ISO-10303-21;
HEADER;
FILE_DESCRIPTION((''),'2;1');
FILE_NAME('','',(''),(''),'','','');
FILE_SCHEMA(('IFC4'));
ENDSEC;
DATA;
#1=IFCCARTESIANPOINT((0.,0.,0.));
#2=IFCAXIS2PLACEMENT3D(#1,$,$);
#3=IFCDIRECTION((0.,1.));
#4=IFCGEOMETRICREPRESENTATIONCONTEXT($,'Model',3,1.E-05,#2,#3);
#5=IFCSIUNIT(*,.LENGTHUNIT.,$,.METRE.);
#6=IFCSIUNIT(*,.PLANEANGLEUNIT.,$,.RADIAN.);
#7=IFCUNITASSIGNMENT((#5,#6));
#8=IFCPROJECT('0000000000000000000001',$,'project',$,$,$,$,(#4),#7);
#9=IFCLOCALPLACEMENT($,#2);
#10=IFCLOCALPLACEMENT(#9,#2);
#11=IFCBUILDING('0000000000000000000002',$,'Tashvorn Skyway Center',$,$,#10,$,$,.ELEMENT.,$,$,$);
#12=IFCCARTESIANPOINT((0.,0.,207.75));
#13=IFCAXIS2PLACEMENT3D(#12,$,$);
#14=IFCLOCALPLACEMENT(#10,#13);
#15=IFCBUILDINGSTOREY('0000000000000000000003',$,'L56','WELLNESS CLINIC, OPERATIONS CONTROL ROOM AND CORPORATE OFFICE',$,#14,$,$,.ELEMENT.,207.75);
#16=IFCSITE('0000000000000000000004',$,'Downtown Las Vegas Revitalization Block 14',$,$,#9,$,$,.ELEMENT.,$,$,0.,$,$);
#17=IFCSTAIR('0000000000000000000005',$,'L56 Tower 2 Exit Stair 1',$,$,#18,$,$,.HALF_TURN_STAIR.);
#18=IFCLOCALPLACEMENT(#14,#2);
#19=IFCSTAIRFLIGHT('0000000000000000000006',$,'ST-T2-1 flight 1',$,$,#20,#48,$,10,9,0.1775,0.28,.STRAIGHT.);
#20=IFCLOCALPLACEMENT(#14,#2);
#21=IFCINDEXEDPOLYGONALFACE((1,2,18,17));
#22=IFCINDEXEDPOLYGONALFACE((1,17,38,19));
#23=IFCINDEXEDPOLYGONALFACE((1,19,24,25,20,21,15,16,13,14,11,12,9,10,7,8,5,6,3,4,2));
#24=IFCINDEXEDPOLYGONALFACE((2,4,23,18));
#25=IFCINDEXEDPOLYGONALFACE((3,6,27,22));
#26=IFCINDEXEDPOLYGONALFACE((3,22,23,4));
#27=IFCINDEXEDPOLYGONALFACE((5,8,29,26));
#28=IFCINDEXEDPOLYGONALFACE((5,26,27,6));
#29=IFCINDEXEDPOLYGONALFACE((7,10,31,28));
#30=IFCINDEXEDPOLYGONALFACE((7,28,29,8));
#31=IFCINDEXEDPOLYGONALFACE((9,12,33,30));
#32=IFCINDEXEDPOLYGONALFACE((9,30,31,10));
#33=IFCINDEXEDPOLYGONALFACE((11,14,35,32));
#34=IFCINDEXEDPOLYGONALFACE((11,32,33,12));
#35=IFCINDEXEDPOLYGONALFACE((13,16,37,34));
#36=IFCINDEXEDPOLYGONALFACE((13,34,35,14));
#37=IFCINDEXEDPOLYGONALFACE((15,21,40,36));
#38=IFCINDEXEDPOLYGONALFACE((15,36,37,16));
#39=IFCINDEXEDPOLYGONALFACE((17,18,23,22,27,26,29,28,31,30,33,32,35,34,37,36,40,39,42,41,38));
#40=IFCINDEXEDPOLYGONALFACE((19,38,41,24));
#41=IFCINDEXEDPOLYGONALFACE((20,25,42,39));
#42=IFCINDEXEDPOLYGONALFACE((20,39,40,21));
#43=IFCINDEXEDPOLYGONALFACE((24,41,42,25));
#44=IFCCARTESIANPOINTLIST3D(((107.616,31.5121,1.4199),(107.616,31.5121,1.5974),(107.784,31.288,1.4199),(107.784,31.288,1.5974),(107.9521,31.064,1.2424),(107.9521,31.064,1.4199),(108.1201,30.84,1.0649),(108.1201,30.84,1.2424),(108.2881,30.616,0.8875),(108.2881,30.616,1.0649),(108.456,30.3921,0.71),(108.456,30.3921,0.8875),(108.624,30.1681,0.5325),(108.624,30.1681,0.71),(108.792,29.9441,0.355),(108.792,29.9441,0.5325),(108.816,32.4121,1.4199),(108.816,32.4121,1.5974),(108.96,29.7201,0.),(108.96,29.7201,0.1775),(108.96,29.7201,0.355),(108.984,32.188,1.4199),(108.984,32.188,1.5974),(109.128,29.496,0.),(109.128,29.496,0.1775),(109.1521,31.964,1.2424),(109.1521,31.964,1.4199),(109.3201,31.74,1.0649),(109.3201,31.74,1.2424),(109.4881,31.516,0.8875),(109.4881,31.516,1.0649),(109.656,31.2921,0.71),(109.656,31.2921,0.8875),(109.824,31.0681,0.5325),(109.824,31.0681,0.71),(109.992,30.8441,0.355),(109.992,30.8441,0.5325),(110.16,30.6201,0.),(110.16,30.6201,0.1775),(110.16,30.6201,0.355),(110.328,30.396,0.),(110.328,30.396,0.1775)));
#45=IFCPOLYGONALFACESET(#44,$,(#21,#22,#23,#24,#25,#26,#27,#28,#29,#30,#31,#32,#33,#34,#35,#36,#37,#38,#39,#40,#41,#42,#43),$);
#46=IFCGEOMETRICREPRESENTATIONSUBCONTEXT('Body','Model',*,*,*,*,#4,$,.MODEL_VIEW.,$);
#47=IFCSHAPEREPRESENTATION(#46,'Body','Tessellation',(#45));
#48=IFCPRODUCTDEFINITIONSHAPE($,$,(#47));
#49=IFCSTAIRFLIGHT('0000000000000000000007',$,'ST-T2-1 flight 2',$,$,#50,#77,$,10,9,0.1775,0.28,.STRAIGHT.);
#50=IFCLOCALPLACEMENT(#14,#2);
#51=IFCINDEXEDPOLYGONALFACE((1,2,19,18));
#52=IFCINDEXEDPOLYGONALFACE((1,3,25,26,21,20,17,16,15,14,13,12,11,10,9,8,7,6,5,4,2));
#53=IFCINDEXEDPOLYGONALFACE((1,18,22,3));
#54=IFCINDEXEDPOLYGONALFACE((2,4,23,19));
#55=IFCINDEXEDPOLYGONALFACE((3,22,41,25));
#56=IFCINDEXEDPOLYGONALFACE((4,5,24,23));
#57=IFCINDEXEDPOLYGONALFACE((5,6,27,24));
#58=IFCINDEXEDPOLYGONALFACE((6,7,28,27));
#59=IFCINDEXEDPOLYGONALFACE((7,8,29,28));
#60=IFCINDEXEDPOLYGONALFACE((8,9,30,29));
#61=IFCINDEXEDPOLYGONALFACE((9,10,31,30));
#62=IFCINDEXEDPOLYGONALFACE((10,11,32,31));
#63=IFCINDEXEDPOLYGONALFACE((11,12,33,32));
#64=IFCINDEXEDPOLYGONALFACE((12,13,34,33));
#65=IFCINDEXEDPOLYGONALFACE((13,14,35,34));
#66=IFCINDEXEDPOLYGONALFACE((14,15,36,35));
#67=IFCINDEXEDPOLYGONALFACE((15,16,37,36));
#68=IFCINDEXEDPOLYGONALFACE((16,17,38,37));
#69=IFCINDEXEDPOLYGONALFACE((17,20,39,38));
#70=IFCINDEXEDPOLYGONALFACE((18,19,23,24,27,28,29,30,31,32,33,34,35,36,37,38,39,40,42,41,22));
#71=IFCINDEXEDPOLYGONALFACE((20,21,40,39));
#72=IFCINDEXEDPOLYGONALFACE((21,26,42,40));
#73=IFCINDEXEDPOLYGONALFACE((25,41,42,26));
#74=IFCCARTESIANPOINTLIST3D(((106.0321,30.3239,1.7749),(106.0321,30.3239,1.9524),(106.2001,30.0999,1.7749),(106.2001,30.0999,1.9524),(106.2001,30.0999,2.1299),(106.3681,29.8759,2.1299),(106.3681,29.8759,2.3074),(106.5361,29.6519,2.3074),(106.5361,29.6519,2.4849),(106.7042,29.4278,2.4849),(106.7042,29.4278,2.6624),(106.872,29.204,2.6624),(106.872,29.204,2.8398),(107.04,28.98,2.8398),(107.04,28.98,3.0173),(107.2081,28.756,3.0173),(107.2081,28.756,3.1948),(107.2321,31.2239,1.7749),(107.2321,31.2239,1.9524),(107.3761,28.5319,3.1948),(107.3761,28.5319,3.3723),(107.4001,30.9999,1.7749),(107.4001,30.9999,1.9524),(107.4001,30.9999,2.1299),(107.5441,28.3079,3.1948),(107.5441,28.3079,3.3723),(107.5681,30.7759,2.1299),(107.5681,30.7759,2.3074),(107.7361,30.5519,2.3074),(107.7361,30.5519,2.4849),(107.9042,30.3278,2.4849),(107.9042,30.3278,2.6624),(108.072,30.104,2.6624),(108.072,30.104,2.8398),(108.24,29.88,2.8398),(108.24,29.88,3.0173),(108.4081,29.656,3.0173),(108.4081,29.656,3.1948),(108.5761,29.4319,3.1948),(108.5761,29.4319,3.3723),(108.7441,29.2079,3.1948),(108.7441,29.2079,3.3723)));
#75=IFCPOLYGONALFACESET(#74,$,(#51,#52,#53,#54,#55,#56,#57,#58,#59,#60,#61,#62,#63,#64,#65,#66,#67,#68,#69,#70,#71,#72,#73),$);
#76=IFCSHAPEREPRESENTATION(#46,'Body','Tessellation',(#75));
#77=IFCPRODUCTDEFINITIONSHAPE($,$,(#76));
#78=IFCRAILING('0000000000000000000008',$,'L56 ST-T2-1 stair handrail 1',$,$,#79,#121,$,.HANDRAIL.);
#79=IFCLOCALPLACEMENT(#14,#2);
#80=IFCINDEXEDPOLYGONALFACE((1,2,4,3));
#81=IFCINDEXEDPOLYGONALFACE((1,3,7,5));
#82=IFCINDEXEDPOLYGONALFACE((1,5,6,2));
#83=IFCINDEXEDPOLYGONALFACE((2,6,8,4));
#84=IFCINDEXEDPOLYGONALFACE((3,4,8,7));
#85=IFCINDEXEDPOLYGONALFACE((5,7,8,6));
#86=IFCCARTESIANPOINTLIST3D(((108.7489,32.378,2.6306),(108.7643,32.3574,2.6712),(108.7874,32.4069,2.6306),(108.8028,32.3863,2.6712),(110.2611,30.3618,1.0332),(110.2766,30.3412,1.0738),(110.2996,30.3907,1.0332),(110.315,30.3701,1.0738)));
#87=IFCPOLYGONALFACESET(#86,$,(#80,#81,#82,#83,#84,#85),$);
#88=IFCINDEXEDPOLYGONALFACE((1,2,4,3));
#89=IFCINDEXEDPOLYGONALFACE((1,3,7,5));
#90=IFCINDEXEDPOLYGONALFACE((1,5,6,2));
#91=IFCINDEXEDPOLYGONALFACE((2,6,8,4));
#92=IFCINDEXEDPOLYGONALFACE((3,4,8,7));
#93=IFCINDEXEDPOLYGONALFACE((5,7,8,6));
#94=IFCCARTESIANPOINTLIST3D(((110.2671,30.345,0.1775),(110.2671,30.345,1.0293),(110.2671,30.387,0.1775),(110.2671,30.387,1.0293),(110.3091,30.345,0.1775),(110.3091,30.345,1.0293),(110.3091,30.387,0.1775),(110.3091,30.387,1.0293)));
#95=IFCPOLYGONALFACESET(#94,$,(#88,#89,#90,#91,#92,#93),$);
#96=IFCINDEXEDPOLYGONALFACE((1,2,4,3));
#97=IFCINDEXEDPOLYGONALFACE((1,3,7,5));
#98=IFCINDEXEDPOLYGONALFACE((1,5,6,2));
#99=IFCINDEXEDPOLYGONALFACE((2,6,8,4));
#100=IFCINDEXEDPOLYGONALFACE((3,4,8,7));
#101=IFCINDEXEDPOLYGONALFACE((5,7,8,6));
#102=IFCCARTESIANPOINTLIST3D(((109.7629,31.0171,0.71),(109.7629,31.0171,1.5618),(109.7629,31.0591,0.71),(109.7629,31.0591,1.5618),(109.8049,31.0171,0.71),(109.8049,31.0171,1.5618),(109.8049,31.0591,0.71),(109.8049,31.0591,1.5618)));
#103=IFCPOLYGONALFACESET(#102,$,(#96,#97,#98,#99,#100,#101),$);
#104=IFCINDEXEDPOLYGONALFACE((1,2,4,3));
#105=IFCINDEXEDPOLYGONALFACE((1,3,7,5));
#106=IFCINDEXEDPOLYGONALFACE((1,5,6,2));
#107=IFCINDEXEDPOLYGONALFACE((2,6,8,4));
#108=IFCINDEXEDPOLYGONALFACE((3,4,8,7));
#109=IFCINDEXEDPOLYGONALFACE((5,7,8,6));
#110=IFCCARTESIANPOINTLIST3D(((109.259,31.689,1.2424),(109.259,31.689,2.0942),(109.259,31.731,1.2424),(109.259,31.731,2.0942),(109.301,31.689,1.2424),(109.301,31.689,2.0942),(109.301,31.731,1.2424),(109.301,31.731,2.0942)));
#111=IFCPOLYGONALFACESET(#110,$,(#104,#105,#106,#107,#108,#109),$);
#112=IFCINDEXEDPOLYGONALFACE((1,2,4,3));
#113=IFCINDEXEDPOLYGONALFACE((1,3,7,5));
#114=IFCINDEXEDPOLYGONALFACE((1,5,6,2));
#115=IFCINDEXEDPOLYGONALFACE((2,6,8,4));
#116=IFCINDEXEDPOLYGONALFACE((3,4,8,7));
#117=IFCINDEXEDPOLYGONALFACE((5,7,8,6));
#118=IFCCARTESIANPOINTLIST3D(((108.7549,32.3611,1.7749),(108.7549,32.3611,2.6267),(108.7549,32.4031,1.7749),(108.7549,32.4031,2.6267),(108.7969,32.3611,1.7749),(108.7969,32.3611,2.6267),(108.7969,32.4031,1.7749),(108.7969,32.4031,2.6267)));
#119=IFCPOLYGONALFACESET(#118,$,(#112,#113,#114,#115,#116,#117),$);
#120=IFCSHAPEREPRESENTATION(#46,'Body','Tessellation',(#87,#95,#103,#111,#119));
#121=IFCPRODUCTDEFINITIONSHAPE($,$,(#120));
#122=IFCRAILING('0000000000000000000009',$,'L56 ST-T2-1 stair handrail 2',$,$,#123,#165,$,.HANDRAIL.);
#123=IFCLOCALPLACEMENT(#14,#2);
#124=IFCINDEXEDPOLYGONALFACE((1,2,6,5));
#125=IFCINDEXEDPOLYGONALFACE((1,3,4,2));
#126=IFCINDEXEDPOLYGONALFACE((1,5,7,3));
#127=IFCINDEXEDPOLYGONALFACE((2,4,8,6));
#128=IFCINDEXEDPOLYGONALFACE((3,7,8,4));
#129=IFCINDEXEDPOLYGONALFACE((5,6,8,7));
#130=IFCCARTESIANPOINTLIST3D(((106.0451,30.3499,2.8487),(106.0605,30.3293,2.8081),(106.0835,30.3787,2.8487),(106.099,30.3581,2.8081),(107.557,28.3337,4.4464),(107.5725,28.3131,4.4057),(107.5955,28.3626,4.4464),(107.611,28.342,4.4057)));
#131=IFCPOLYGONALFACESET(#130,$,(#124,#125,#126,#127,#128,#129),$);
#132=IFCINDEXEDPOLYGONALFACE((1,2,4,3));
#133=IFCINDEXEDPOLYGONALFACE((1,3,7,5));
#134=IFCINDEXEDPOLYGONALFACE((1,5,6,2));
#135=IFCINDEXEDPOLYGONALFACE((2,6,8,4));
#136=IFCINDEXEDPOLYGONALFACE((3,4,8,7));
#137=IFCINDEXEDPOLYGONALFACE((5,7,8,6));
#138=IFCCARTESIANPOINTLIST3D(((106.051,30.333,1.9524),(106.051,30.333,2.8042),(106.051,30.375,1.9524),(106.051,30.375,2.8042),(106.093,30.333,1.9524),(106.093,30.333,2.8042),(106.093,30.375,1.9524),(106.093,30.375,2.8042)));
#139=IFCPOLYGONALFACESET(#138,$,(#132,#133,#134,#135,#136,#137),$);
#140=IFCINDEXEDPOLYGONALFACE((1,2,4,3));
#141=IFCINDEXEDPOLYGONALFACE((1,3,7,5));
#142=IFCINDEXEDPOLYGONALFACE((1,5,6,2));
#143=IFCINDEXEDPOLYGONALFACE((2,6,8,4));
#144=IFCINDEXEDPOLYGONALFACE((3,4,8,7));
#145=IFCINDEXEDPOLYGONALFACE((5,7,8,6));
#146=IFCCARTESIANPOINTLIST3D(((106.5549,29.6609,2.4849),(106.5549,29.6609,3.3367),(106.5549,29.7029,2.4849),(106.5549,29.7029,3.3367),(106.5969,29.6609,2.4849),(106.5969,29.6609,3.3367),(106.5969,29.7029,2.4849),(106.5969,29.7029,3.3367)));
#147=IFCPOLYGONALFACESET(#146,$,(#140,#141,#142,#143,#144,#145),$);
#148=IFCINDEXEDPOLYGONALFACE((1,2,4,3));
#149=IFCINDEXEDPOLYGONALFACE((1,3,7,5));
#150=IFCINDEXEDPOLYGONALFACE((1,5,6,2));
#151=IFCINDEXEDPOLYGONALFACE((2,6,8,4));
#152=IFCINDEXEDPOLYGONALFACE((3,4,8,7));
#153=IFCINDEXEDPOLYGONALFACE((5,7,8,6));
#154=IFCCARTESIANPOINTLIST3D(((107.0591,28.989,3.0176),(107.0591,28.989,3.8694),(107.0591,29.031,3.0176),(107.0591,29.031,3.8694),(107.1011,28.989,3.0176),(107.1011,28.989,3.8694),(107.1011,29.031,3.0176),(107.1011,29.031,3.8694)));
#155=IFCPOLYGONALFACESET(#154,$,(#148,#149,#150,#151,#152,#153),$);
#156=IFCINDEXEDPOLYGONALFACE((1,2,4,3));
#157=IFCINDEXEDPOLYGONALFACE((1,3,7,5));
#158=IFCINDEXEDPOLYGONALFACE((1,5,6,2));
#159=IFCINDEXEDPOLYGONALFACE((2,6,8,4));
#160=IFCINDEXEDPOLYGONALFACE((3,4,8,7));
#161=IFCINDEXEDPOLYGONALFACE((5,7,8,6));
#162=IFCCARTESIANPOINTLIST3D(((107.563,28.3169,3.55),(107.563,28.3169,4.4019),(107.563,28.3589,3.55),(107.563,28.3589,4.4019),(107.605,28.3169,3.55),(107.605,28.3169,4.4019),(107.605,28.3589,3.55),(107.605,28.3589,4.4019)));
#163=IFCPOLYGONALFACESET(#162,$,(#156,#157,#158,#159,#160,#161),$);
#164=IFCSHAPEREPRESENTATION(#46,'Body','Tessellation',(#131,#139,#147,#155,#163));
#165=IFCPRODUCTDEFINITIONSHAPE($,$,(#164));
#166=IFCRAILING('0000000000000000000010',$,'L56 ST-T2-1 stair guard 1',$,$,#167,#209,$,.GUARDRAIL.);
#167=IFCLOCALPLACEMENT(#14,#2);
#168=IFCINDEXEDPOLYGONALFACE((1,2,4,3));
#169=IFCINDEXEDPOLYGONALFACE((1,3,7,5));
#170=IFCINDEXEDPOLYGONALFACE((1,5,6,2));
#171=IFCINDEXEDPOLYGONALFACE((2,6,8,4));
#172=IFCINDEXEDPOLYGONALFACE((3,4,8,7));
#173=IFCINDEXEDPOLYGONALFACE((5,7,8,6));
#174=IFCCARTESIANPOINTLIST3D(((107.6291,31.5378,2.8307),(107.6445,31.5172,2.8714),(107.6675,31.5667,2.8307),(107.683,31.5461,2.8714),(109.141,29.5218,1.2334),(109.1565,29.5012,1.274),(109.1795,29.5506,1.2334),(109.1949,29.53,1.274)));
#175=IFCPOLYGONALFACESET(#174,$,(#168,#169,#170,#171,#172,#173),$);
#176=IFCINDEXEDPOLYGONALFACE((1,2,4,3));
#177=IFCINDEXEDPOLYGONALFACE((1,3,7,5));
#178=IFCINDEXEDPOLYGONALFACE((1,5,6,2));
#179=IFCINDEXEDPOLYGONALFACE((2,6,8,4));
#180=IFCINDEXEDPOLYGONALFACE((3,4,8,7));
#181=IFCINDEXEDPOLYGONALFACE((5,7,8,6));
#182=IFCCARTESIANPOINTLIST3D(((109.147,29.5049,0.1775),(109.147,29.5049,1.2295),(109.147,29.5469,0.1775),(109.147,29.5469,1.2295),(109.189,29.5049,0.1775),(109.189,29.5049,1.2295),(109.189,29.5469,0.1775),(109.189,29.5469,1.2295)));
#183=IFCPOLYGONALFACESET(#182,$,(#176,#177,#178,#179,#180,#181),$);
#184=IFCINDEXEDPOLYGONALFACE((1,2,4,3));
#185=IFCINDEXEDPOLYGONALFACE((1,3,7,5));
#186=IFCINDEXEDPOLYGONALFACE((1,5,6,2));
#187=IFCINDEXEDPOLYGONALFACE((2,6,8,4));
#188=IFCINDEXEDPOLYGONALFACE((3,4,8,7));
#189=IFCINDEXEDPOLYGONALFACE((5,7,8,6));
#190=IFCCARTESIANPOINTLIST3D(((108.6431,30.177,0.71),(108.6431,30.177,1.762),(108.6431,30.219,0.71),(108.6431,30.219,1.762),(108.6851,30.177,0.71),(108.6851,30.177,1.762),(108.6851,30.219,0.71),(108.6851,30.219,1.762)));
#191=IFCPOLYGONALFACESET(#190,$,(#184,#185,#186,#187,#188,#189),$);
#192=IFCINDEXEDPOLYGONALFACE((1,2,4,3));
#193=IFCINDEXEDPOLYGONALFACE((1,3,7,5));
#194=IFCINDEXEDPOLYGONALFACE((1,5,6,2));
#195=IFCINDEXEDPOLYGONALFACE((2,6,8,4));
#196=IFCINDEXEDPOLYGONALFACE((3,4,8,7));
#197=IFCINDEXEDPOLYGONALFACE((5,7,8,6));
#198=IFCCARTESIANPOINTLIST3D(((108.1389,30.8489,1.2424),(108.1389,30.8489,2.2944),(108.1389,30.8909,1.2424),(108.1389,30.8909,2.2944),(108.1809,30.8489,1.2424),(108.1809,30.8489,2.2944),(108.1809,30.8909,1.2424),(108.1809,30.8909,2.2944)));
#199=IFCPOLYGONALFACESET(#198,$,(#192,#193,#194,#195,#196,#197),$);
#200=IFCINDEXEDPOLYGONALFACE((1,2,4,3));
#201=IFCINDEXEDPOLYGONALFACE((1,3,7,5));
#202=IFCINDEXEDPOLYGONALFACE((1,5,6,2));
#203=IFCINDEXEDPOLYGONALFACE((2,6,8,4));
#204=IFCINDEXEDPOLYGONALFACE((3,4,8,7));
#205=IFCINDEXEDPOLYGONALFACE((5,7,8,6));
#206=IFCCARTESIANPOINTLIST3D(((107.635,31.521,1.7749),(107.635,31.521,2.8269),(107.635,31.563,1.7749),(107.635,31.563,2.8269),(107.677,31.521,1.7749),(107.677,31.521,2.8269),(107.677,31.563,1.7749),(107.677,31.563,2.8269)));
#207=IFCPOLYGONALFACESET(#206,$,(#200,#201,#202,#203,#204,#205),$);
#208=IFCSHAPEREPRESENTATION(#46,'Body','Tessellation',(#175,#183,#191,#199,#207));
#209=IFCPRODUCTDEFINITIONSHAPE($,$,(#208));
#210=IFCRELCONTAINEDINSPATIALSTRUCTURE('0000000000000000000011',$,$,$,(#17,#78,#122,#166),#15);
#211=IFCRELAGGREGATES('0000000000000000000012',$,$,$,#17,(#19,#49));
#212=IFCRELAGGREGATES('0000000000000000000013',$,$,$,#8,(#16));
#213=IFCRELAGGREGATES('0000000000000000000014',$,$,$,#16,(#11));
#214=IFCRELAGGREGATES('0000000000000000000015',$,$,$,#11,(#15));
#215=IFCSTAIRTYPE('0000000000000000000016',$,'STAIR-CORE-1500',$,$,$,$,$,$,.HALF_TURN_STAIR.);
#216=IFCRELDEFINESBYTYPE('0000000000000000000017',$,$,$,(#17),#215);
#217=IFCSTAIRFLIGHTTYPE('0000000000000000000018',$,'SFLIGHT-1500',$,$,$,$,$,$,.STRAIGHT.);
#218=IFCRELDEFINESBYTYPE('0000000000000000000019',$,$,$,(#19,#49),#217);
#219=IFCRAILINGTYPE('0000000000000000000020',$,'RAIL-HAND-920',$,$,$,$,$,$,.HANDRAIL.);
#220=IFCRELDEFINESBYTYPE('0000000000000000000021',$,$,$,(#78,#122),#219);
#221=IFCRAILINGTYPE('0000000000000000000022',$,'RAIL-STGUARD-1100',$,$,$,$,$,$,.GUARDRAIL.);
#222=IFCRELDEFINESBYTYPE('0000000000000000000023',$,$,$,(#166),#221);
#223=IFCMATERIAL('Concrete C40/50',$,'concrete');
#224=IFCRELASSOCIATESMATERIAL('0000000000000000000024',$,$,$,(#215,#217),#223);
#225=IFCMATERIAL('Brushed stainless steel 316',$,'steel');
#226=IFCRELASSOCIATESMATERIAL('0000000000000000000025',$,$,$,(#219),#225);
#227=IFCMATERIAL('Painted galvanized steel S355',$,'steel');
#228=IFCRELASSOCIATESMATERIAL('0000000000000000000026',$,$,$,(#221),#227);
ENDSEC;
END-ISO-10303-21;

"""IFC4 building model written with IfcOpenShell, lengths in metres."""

from ifc_helpers import new_model, si_unit, direction, frame, origin, origin_2d, place, context, subcontext, project, spatial, polyline, rectangle, outline, extrude, material, type_object, element, aggregate, save


model = new_model("IFC4")

# Units and contexts
model_context = context("Model", 3, precision=1e-05, world=origin(), true_north=direction((0.0, 1.0)))
body_context = subcontext(model_context, "Body", "Model", "MODEL_VIEW")
ifc_project = project(units=[si_unit("LENGTHUNIT", "METRE"), si_unit("PLANEANGLEUNIT", "RADIAN")], contexts=[model_context])

# Site, building, storey
site_placement = place(None, origin())
site = spatial("IfcSite", under=ifc_project, at=site_placement, Name="Downtown Las Vegas Revitalization Block 14", CompositionType="ELEMENT", RefElevation=0.0)
building_placement = place(site_placement, origin())
building = spatial("IfcBuilding", under=site, at=building_placement, Name="Tashvorn Skyway Center", CompositionType="ELEMENT")
storey_placement = place(building_placement, frame((0.0, 0.0, 207.75)))
storey = spatial("IfcBuildingStorey", under=building, at=storey_placement, Name="L56", Description="WELLNESS CLINIC, OPERATIONS CONTROL ROOM AND CORPORATE OFFICE", CompositionType="ELEMENT", Elevation=207.75)

# Shared definitions
ifc_material_1 = material(Name="Concrete C40/50", Category="concrete")

# Stair, stair flights
stair_type = type_object("IfcStairType", Name="STAIR-CORE-1500", PredefinedType="HALF_TURN_STAIR", material=ifc_material_1)
stair_placement = place(storey_placement, origin())
stair = element("IfcStair", 1, at=stair_placement, inside=storey, type_object=stair_type, Name="L56 Tower 2 Exit Stair 1", PredefinedType="HALF_TURN_STAIR")
stair_flight_type = type_object("IfcStairFlightType", Name="SFLIGHT-1500", PredefinedType="STRAIGHT", material=ifc_material_1)
stair_flight_1_placement = place(storey_placement, frame((109.728, 29.946, 0.0), z_axis=(0.0, 0.0, 1.0), x_axis=(-0.6, 0.8, 0.0)))
stair_flight_1 = element("IfcStairFlight", 2, at=stair_flight_1_placement, type_object=stair_flight_type, Name="ST-T2-1 flight 1", NumberOfRisers=10, NumberOfTreads=9, PredefinedType="STRAIGHT", RiserHeight=0.1775, TreadLength=0.28, context=body_context, shape_type="SweptSolid", body=[
    extrude(outline(polyline([(0.0, 0.0), (0.0, 0.1775), (0.28, 0.1775), (0.28, 0.355), (0.5601, 0.355), (0.5601, 0.5325), (0.8401, 0.5325), (0.8401, 0.71), (1.1201, 0.71), (1.1201, 0.8875), (1.3999, 0.8875), (1.3999, 1.0649), (1.6799, 1.0649), (1.6799, 1.2424), (1.96, 1.2424), (1.96, 1.4199), (2.24, 1.4199), (2.24, 1.5974), (2.52, 1.5974), (2.52, 1.7749), (2.52, 1.4199), (0.28, 0.0), (0.0, 0.0)])), frame((0.0, 0.75, 0.0), z_axis=(0.0, -1.0, 0.0), x_axis=(1.0, 0.0, 0.0)), (0.0, 0.0, 1.0), 1.5),
])
stair_flight_2_placement = place(storey_placement, frame((106.6321, 30.7739, 1.7749), z_axis=(0.0, 0.0, 1.0), x_axis=(0.6, -0.8, 0.0)))
stair_flight_2 = element("IfcStairFlight", 3, at=stair_flight_2_placement, type_object=stair_flight_type, Name="ST-T2-1 flight 2", NumberOfRisers=10, NumberOfTreads=9, PredefinedType="STRAIGHT", RiserHeight=0.1775, TreadLength=0.28, context=body_context, shape_type="SweptSolid", body=[
    extrude(outline(polyline([(0.0, 0.0), (0.0, 0.1775), (0.28, 0.1775), (0.28, 0.355), (0.5601, 0.355), (0.5601, 0.5325), (0.8401, 0.5325), (0.8401, 0.71), (1.1201, 0.71), (1.1201, 0.8875), (1.3999, 0.8875), (1.3999, 1.0649), (1.6799, 1.0649), (1.6799, 1.2424), (1.96, 1.2424), (1.96, 1.4199), (2.24, 1.4199), (2.24, 1.5974), (2.52, 1.5974), (2.52, 1.7749), (2.52, 1.4199), (0.28, 0.0), (0.0, 0.0)])), frame((0.0, 0.75, 0.0), z_axis=(0.0, -1.0, 0.0), x_axis=(1.0, 0.0, 0.0)), (0.0, 0.0, 1.0), 1.5),
])
aggregate(stair, [stair_flight_1, stair_flight_2])

# Railings
ifc_material_2 = material(Name="Brushed stainless steel 316", Category="steel")
railing_type_1 = type_object("IfcRailingType", Name="RAIL-HAND-920", PredefinedType="HANDRAIL", material=ifc_material_2)
railing_1_placement = place(storey_placement, frame((110.2881, 30.366, 0.1775)))
element("IfcRailing", 4, at=railing_1_placement, inside=storey, type_object=railing_type_1, Name="L56 ST-T2-1 stair handrail 1", PredefinedType="HANDRAIL", context=body_context, shape_type="SweptSolid", body=[
    extrude(rectangle(XDim=0.0481, YDim=0.0481, at=origin_2d()), frame((0.0, 0.0, 0.876), z_axis=(-0.506802, 0.675681, 0.535357), x_axis=(-0.799977, -0.600031, 0.0)), (0.0, 0.0, 1.0), 2.9839),
    extrude(rectangle(XDim=0.042, YDim=0.042, at=origin_2d()), origin(), (0.0, 0.0, 1.0), 0.8518),
    extrude(rectangle(XDim=0.042, YDim=0.042, at=origin_2d()), frame((-0.5042, 0.6721, 0.5325)), (0.0, 0.0, 1.0), 0.8518),
    extrude(rectangle(XDim=0.042, YDim=0.042, at=origin_2d()), frame((-1.0081, 1.344, 1.0649)), (0.0, 0.0, 1.0), 0.8518),
    extrude(rectangle(XDim=0.042, YDim=0.042, at=origin_2d()), frame((-1.5122, 2.0161, 1.5974)), (0.0, 0.0, 1.0), 0.8518),
])
railing_2_placement = place(storey_placement, frame((106.072, 30.354, 1.9524)))
element("IfcRailing", 5, at=railing_2_placement, inside=storey, type_object=railing_type_1, Name="L56 ST-T2-1 stair handrail 2", PredefinedType="HANDRAIL", context=body_context, shape_type="SweptSolid", body=[
    extrude(rectangle(XDim=0.0481, YDim=0.0481, at=origin_2d()), frame((0.0, 0.0, 0.876), z_axis=(0.506719, -0.675679, 0.535438), x_axis=(0.800023, 0.599969, 0.0)), (0.0, 0.0, 1.0), 2.9839),
    extrude(rectangle(XDim=0.042, YDim=0.042, at=origin_2d()), origin(), (0.0, 0.0, 1.0), 0.8518),
    extrude(rectangle(XDim=0.042, YDim=0.042, at=origin_2d()), frame((0.5039, -0.6721, 0.5325)), (0.0, 0.0, 1.0), 0.8518),
    extrude(rectangle(XDim=0.042, YDim=0.042, at=origin_2d()), frame((1.0081, -1.344, 1.0652)), (0.0, 0.0, 1.0), 0.8518),
    extrude(rectangle(XDim=0.042, YDim=0.042, at=origin_2d()), frame((1.512, -2.0161, 1.5977)), (0.0, 0.0, 1.0), 0.8518),
])
ifc_material_3 = material(Name="Painted galvanized steel S355", Category="steel")
railing_type_2 = type_object("IfcRailingType", Name="RAIL-STGUARD-1100", PredefinedType="GUARDRAIL", material=ifc_material_3)
railing_3_placement = place(storey_placement, frame((109.168, 29.5259, 0.1775)))
element("IfcRailing", 6, at=railing_3_placement, inside=storey, type_object=railing_type_2, Name="L56 ST-T2-1 stair guard 1", PredefinedType="GUARDRAIL", context=body_context, shape_type="SweptSolid", body=[
    extrude(rectangle(XDim=0.0481, YDim=0.0481, at=origin_2d()), frame((0.0, 0.0, 1.0762), z_axis=(-0.506741, 0.675709, 0.535379), x_axis=(-0.800023, -0.599969, 0.0)), (0.0, 0.0, 1.0), 2.9836),
    extrude(rectangle(XDim=0.042, YDim=0.042, at=origin_2d()), origin(), (0.0, 0.0, 1.0), 1.052),
    extrude(rectangle(XDim=0.042, YDim=0.042, at=origin_2d()), frame((-0.5039, 0.6721, 0.5325)), (0.0, 0.0, 1.0), 1.052),
    extrude(rectangle(XDim=0.042, YDim=0.042, at=origin_2d()), frame((-1.0081, 1.344, 1.0649)), (0.0, 0.0, 1.0), 1.052),
    extrude(rectangle(XDim=0.042, YDim=0.042, at=origin_2d()), frame((-1.512, 2.0161, 1.5974)), (0.0, 0.0, 1.0), 1.052),
])

save(model, "model.ifc")
